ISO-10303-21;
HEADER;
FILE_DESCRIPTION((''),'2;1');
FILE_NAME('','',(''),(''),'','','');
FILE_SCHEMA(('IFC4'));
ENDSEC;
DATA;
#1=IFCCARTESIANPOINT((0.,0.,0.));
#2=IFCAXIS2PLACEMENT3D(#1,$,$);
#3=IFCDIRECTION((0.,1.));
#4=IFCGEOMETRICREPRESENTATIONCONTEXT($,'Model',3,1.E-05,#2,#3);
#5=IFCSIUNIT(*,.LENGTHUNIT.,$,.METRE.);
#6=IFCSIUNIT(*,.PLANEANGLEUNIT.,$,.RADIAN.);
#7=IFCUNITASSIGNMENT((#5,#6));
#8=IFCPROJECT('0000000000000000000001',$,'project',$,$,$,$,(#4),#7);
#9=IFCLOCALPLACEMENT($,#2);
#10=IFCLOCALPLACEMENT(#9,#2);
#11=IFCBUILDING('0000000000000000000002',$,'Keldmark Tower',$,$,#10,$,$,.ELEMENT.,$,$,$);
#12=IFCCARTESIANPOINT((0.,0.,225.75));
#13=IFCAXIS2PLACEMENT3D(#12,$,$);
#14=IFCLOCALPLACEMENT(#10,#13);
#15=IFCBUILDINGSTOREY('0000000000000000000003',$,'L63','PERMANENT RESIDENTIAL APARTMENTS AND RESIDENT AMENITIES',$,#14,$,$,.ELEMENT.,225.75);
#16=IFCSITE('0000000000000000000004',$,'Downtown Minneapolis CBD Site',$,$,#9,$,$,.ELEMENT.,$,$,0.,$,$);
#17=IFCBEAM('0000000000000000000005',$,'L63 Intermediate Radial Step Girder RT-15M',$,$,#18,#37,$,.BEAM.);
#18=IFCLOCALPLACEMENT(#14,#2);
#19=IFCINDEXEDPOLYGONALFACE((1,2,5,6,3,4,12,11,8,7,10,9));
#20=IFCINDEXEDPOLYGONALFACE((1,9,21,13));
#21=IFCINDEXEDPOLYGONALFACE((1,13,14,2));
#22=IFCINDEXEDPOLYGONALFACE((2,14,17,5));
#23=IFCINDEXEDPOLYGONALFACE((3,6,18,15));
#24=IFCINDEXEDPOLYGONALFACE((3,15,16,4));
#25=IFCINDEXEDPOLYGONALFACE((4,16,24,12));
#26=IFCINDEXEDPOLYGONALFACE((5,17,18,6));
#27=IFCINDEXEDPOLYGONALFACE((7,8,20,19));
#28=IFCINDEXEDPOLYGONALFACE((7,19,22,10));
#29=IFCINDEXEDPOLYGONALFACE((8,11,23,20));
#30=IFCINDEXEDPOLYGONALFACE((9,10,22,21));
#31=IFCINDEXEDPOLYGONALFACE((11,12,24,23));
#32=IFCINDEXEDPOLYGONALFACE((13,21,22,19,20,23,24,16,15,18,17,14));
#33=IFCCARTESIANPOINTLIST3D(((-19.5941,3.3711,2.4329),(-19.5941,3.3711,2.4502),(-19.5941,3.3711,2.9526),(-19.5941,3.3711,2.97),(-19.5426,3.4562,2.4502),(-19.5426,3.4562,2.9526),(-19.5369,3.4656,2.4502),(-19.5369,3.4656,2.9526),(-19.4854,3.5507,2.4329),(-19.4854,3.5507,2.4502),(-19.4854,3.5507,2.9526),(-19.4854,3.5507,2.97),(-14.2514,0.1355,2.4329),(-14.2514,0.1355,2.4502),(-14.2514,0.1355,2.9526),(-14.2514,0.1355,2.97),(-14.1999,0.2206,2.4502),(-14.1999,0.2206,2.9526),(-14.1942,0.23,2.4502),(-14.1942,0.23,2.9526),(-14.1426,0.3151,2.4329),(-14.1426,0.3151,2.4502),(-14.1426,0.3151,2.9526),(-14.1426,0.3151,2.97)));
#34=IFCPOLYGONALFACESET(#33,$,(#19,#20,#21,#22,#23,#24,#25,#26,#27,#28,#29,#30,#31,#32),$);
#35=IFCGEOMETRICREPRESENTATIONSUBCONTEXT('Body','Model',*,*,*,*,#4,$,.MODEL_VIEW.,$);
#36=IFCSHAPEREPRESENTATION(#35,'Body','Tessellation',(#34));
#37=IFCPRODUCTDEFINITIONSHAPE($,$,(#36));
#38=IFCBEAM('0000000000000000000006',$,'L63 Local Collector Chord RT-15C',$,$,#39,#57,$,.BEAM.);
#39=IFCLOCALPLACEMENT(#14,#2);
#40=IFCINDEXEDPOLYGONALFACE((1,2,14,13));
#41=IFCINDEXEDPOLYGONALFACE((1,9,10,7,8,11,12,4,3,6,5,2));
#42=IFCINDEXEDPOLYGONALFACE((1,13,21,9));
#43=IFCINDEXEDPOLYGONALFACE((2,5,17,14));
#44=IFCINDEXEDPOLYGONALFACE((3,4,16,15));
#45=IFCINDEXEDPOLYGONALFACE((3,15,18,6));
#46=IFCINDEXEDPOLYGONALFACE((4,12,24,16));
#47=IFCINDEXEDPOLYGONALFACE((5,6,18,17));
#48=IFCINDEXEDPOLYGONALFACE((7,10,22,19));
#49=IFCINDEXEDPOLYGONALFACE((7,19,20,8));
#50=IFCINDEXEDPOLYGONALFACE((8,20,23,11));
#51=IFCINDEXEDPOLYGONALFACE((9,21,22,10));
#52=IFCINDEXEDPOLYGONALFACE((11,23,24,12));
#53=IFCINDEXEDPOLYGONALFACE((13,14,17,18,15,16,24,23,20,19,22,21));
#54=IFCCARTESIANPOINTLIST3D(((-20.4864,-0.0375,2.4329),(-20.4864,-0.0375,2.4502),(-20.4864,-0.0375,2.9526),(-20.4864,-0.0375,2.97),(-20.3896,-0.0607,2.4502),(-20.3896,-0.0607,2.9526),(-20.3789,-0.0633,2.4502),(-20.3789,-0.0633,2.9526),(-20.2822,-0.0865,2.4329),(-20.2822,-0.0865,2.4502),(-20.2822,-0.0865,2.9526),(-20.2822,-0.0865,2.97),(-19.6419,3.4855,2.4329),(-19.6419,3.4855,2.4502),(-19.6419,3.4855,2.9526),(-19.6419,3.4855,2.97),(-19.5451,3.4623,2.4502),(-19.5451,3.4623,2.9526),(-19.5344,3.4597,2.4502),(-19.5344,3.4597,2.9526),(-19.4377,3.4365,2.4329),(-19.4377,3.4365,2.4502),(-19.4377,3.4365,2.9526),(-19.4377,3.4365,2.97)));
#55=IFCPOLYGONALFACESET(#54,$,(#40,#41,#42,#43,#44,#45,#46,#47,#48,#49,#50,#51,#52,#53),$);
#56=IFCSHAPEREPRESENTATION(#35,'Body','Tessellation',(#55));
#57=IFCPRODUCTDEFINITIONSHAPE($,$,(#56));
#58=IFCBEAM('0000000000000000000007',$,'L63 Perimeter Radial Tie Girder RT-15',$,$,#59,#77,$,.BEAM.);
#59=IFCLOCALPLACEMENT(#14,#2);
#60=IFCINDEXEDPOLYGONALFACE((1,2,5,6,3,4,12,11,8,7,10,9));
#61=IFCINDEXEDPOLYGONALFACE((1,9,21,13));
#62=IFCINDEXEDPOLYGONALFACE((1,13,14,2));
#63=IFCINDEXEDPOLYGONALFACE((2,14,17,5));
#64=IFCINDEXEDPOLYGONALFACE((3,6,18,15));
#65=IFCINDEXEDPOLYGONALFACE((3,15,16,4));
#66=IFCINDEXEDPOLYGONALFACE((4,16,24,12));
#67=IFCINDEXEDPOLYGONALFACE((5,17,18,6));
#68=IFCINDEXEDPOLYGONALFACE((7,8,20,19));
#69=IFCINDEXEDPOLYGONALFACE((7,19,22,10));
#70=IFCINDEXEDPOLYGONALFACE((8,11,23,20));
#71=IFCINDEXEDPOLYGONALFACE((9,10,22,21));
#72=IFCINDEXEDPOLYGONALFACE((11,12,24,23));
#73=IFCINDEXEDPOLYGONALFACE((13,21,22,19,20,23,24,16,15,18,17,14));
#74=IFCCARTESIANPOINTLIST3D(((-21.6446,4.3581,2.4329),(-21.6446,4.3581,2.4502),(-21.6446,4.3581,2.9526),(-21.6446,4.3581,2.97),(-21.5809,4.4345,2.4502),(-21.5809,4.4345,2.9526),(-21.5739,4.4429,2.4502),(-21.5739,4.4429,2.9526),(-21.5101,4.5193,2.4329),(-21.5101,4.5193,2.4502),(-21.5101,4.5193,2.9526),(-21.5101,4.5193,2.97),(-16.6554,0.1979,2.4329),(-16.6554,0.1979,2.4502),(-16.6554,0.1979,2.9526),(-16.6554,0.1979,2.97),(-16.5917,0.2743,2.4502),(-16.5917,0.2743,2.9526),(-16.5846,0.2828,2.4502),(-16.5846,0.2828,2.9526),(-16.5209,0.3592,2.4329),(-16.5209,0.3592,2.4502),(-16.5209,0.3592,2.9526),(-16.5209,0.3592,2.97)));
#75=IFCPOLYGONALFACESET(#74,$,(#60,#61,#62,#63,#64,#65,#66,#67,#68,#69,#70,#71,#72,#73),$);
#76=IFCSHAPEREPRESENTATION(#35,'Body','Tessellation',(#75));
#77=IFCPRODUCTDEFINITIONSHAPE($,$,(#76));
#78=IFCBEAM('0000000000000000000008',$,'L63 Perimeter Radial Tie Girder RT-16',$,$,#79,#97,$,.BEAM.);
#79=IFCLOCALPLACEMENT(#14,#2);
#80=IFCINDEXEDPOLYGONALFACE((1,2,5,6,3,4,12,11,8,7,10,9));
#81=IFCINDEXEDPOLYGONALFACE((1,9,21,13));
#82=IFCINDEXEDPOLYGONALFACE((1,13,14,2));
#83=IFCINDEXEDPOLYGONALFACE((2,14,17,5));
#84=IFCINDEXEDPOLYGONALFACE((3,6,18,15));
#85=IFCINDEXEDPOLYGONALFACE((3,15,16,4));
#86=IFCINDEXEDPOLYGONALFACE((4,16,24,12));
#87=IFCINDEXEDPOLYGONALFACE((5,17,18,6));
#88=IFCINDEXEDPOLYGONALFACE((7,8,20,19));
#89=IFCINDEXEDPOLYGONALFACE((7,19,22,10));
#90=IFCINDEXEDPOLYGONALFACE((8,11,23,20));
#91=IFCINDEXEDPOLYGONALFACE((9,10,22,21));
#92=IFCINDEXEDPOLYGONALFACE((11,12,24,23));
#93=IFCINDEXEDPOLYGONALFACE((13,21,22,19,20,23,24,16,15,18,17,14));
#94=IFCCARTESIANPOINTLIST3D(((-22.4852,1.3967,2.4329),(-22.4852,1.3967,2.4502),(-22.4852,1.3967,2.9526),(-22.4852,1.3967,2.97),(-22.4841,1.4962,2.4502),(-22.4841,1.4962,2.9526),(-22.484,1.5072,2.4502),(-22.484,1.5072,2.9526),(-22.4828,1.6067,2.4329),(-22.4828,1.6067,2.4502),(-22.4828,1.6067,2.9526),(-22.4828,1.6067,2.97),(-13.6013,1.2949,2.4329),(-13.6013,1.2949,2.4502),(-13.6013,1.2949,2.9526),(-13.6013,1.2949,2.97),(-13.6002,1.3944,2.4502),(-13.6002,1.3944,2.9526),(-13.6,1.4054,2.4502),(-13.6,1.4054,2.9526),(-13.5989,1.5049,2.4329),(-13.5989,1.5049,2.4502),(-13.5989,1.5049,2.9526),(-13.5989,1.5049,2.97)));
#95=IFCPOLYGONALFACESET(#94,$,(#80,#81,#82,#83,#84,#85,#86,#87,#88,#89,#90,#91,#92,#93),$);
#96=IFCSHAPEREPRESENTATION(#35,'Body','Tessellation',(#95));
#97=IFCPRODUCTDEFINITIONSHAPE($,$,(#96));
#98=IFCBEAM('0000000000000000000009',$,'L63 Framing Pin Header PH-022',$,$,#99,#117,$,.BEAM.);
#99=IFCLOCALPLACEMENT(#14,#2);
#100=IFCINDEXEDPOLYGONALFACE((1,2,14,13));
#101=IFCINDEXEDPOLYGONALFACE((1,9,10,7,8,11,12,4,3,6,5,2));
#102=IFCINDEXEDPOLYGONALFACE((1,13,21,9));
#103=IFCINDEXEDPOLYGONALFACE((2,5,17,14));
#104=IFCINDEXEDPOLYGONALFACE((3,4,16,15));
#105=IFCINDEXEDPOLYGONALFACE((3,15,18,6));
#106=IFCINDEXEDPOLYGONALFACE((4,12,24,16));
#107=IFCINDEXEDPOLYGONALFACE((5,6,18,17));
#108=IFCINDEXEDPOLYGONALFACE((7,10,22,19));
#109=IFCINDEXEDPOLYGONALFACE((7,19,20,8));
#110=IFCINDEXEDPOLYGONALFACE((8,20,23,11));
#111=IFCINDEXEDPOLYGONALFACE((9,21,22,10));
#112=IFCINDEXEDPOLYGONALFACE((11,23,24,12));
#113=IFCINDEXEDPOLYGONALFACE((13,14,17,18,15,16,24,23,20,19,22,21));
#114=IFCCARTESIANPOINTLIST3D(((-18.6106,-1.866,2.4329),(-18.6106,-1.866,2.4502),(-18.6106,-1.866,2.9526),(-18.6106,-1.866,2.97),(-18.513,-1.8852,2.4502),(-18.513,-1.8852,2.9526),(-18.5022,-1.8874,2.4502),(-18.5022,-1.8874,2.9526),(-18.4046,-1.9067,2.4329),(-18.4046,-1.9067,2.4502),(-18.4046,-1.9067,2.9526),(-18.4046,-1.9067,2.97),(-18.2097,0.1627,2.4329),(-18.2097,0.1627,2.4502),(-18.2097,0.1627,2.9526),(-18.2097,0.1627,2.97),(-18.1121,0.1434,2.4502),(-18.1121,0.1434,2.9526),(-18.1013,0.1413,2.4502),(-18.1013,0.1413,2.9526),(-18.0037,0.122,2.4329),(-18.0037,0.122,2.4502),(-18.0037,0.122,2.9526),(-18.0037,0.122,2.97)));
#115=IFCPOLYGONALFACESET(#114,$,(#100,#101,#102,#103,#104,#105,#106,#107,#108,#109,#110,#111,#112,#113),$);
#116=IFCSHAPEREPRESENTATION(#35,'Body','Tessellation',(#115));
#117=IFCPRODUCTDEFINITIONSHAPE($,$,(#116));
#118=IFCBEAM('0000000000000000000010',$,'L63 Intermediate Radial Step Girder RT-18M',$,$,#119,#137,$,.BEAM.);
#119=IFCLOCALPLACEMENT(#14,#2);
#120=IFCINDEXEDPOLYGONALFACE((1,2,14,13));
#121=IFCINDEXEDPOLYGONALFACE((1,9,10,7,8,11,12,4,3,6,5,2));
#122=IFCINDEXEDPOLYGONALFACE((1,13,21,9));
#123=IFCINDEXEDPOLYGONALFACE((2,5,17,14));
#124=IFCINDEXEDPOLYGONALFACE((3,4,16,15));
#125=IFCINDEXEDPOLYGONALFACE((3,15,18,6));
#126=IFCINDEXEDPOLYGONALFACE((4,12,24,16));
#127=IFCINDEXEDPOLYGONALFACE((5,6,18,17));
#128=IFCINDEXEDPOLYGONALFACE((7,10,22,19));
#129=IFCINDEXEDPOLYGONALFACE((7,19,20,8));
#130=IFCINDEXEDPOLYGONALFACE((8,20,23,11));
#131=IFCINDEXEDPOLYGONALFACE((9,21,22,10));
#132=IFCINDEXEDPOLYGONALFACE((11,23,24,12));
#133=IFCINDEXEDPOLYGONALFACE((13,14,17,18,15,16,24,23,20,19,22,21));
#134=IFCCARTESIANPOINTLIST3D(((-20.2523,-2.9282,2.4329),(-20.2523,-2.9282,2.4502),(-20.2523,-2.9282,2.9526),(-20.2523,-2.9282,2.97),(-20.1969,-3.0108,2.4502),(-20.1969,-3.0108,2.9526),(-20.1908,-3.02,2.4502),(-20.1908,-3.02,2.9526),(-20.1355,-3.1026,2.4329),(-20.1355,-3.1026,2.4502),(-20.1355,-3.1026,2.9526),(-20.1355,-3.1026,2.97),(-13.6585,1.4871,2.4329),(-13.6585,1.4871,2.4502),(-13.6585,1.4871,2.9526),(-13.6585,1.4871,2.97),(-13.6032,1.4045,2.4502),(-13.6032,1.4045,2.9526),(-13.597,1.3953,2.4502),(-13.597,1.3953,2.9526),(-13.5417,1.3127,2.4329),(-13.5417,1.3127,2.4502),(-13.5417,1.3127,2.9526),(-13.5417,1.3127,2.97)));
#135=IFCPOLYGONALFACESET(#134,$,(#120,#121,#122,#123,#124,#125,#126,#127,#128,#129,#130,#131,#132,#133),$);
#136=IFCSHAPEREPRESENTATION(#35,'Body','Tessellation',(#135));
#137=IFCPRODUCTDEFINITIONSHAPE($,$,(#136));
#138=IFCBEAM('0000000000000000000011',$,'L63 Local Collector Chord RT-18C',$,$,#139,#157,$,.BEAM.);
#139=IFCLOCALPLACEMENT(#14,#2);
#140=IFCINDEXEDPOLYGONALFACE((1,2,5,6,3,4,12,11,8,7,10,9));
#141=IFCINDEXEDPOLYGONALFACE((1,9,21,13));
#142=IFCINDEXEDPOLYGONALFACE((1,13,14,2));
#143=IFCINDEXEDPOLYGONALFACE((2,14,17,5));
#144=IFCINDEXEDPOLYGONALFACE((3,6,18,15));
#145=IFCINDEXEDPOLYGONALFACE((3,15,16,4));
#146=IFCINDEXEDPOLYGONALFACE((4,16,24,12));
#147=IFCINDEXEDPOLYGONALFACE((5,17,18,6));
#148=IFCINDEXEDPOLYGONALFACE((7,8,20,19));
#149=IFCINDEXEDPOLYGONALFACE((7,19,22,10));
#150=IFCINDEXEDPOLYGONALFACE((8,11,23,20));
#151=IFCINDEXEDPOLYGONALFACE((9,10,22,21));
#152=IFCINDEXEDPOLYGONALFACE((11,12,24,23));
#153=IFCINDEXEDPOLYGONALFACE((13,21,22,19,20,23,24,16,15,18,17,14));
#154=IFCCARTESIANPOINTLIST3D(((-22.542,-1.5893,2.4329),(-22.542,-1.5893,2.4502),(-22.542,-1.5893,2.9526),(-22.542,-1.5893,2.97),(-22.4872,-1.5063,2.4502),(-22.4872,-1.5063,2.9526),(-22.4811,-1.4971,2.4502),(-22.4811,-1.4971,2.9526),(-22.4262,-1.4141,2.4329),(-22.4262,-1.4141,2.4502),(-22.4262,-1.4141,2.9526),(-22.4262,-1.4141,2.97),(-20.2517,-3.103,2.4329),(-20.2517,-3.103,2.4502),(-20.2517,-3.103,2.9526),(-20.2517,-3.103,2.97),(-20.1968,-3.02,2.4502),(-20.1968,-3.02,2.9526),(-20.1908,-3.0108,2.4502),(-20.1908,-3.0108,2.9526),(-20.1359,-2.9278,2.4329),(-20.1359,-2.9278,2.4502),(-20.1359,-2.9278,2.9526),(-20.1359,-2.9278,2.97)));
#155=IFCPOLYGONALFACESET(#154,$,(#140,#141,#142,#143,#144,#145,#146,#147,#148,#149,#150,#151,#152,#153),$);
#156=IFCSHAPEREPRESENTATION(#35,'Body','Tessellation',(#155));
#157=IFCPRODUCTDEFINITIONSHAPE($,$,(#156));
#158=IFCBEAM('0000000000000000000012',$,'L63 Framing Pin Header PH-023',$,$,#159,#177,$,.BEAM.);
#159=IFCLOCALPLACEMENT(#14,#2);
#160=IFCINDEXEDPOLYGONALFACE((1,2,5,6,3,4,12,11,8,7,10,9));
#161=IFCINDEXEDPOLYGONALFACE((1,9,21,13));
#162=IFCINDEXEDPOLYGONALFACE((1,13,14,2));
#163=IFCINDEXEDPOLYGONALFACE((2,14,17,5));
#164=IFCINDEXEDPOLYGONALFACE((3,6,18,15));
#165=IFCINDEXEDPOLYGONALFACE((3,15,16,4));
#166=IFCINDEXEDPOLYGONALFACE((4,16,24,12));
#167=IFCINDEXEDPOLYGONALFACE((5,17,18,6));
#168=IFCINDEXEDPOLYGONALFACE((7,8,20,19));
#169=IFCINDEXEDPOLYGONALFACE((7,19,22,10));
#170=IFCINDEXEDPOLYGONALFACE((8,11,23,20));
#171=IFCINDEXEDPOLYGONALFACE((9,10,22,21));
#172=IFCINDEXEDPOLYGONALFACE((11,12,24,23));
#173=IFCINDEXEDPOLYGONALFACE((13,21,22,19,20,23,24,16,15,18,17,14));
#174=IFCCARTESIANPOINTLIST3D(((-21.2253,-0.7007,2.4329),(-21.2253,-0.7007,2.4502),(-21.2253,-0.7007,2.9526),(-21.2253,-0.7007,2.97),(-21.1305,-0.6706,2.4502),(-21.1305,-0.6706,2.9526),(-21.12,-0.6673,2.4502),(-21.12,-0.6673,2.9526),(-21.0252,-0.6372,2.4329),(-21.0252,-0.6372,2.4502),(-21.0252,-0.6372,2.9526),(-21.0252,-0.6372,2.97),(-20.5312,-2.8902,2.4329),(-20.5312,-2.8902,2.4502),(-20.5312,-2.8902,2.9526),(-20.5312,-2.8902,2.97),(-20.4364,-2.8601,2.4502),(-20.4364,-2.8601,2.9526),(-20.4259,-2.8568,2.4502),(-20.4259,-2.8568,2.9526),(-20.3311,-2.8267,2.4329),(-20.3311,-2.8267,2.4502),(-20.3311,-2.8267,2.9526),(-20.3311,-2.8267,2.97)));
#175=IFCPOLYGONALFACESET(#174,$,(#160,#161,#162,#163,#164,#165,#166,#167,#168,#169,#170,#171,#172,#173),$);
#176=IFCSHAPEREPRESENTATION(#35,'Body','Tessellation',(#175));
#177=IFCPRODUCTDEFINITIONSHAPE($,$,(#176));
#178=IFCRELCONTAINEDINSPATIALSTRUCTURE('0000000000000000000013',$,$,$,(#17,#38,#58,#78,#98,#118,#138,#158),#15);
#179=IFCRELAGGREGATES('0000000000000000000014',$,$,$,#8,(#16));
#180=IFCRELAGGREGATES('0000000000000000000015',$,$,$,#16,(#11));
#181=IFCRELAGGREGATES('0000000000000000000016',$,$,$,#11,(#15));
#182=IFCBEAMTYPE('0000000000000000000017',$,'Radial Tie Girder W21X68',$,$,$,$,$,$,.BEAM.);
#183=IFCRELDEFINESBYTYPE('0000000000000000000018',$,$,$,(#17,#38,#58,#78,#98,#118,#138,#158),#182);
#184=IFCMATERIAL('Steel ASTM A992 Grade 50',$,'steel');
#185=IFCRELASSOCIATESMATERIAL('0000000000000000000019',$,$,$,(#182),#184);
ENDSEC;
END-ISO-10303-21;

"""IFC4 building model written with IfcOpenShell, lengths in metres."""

from ifc_helpers import new_model, si_unit, direction, frame, origin, origin_2d, place, context, subcontext, project, spatial, i_section, extrude, material, material_profile, profile_set, type_object, element, save


model = new_model("IFC4")

# Units and contexts
model_context = context("Model", 3, precision=1e-05, world=origin(), true_north=direction((0.0, 1.0)))
body_context = subcontext(model_context, "Body", "Model", "MODEL_VIEW")
ifc_project = project(units=[si_unit("LENGTHUNIT", "METRE"), si_unit("PLANEANGLEUNIT", "RADIAN")], contexts=[model_context])

# Site, building, storey
site_placement = place(None, origin())
site = spatial("IfcSite", under=ifc_project, at=site_placement, Name="Downtown Minneapolis CBD Site", CompositionType="ELEMENT", RefElevation=0.0)
building_placement = place(site_placement, origin())
building = spatial("IfcBuilding", under=site, at=building_placement, Name="Keldmark Tower", CompositionType="ELEMENT")
storey_placement = place(building_placement, frame((0.0, 0.0, 225.75)))
storey = spatial("IfcBuildingStorey", under=building, at=storey_placement, Name="L63", Description="PERMANENT RESIDENTIAL APARTMENTS AND RESIDENT AMENITIES", CompositionType="ELEMENT", Elevation=225.75)

# Beams
ifc_material_1 = material(Name="Steel ASTM A992 Grade 50", Category="steel")
ifc_material_profile_1 = material_profile(ifc_material_1, i_section(OverallWidth=0.21, OverallDepth=0.5371, WebThickness=0.011, FlangeThickness=0.0173, at=origin_2d()), Name="W21X68")
ifc_profile_set_1 = profile_set([ifc_material_profile_1], Name="Steel ASTM A992 Grade 50")
beam_type_1 = type_object("IfcBeamType", Name="Radial Tie Girder W21X68", PredefinedType="BEAM", material=ifc_profile_set_1)
beam_1_placement = place(storey_placement, frame((-14.197, 0.2253, 2.7014), z_axis=(-0.855372, 0.518015, 0.0), x_axis=(-0.518015, -0.855372, 0.0)))
element("IfcBeam", 1, at=beam_1_placement, inside=storey, type_object=beam_type_1, Name="L63 Intermediate Radial Step Girder RT-15M", PredefinedType="BEAM", context=body_context, shape_type="SweptSolid", body=[
    extrude(i_section(OverallWidth=0.21, OverallDepth=0.5371, WebThickness=0.011, FlangeThickness=0.0173, at=origin_2d()), origin(), (0.0, 0.0, 1.0), 6.2461),
])
beam_2_placement = place(storey_placement, frame((-20.3843, -0.062, 2.7014), z_axis=(0.233105, 0.972451, 0.0), x_axis=(-0.972451, 0.233105, 0.0)))
element("IfcBeam", 2, at=beam_2_placement, inside=storey, type_object=beam_type_1, Name="L63 Local Collector Chord RT-15C", PredefinedType="BEAM", context=body_context, shape_type="SweptSolid", body=[
    extrude(i_section(OverallWidth=0.21, OverallDepth=0.5371, WebThickness=0.011, FlangeThickness=0.0173, at=origin_2d()), origin(), (0.0, 0.0, 1.0), 3.6228),
])
beam_3_placement = place(storey_placement, frame((-16.5881, 0.2786, 2.7014), z_axis=(-0.768036, 0.640406, 0.0), x_axis=(-0.640406, -0.768036, 0.0)))
element("IfcBeam", 3, at=beam_3_placement, inside=storey, type_object=beam_type_1, Name="L63 Perimeter Radial Tie Girder RT-15", PredefinedType="BEAM", context=body_context, shape_type="SweptSolid", body=[
    extrude(i_section(OverallWidth=0.21, OverallDepth=0.5371, WebThickness=0.011, FlangeThickness=0.0173, at=origin_2d()), origin(), (0.0, 0.0, 1.0), 6.4961),
])
beam_4_placement = place(storey_placement, frame((-13.6001, 1.3999, 2.7014), z_axis=(-0.999934, 0.011459, 0.0), x_axis=(-0.011459, -0.999934, 0.0)))
element("IfcBeam", 4, at=beam_4_placement, inside=storey, type_object=beam_type_1, Name="L63 Perimeter Radial Tie Girder RT-16", PredefinedType="BEAM", context=body_context, shape_type="SweptSolid", body=[
    extrude(i_section(OverallWidth=0.21, OverallDepth=0.5371, WebThickness=0.011, FlangeThickness=0.0173, at=origin_2d()), origin(), (0.0, 0.0, 1.0), 8.8845),
])
beam_5_placement = place(storey_placement, frame((-18.1067, 0.1423, 2.7014), z_axis=(-0.193868, -0.981028, 0.0), x_axis=(0.981028, -0.193868, 0.0)))
element("IfcBeam", 5, at=beam_5_placement, inside=storey, type_object=beam_type_1, Name="L63 Framing Pin Header PH-022", PredefinedType="BEAM", context=body_context, shape_type="SweptSolid", body=[
    extrude(i_section(OverallWidth=0.21, OverallDepth=0.5371, WebThickness=0.011, FlangeThickness=0.0173, at=origin_2d()), origin(), (0.0, 0.0, 1.0), 2.0679),
])
beam_6_placement = place(storey_placement, frame((-13.6001, 1.3999, 2.7014), z_axis=(-0.830917, -0.556396, 0.0), x_axis=(0.556396, -0.830917, 0.0)))
element("IfcBeam", 6, at=beam_6_placement, inside=storey, type_object=beam_type_1, Name="L63 Intermediate Radial Step Girder RT-18M", PredefinedType="BEAM", context=body_context, shape_type="SweptSolid", body=[
    extrude(i_section(OverallWidth=0.21, OverallDepth=0.5371, WebThickness=0.011, FlangeThickness=0.0173, at=origin_2d()), origin(), (0.0, 0.0, 1.0), 7.9355),
])
beam_7_placement = place(storey_placement, frame((-22.4841, -1.5017, 2.7014), z_axis=(0.83426, -0.551371, 0.0), x_axis=(0.551371, 0.83426, 0.0)))
element("IfcBeam", 7, at=beam_7_placement, inside=storey, type_object=beam_type_1, Name="L63 Local Collector Chord RT-18C", PredefinedType="BEAM", context=body_context, shape_type="SweptSolid", body=[
    extrude(i_section(OverallWidth=0.21, OverallDepth=0.5371, WebThickness=0.011, FlangeThickness=0.0173, at=origin_2d()), origin(), (0.0, 0.0, 1.0), 2.7454),
])
beam_8_placement = place(storey_placement, frame((-21.1252, -0.6689, 2.7014), z_axis=(0.302194, -0.953246, 0.0), x_axis=(0.953246, 0.302194, 0.0)))
element("IfcBeam", 8, at=beam_8_placement, inside=storey, type_object=beam_type_1, Name="L63 Framing Pin Header PH-023", PredefinedType="BEAM", context=body_context, shape_type="SweptSolid", body=[
    extrude(i_section(OverallWidth=0.21, OverallDepth=0.5371, WebThickness=0.011, FlangeThickness=0.0173, at=origin_2d()), origin(), (0.0, 0.0, 1.0), 2.2969),
])

save(model, "model.ifc")
